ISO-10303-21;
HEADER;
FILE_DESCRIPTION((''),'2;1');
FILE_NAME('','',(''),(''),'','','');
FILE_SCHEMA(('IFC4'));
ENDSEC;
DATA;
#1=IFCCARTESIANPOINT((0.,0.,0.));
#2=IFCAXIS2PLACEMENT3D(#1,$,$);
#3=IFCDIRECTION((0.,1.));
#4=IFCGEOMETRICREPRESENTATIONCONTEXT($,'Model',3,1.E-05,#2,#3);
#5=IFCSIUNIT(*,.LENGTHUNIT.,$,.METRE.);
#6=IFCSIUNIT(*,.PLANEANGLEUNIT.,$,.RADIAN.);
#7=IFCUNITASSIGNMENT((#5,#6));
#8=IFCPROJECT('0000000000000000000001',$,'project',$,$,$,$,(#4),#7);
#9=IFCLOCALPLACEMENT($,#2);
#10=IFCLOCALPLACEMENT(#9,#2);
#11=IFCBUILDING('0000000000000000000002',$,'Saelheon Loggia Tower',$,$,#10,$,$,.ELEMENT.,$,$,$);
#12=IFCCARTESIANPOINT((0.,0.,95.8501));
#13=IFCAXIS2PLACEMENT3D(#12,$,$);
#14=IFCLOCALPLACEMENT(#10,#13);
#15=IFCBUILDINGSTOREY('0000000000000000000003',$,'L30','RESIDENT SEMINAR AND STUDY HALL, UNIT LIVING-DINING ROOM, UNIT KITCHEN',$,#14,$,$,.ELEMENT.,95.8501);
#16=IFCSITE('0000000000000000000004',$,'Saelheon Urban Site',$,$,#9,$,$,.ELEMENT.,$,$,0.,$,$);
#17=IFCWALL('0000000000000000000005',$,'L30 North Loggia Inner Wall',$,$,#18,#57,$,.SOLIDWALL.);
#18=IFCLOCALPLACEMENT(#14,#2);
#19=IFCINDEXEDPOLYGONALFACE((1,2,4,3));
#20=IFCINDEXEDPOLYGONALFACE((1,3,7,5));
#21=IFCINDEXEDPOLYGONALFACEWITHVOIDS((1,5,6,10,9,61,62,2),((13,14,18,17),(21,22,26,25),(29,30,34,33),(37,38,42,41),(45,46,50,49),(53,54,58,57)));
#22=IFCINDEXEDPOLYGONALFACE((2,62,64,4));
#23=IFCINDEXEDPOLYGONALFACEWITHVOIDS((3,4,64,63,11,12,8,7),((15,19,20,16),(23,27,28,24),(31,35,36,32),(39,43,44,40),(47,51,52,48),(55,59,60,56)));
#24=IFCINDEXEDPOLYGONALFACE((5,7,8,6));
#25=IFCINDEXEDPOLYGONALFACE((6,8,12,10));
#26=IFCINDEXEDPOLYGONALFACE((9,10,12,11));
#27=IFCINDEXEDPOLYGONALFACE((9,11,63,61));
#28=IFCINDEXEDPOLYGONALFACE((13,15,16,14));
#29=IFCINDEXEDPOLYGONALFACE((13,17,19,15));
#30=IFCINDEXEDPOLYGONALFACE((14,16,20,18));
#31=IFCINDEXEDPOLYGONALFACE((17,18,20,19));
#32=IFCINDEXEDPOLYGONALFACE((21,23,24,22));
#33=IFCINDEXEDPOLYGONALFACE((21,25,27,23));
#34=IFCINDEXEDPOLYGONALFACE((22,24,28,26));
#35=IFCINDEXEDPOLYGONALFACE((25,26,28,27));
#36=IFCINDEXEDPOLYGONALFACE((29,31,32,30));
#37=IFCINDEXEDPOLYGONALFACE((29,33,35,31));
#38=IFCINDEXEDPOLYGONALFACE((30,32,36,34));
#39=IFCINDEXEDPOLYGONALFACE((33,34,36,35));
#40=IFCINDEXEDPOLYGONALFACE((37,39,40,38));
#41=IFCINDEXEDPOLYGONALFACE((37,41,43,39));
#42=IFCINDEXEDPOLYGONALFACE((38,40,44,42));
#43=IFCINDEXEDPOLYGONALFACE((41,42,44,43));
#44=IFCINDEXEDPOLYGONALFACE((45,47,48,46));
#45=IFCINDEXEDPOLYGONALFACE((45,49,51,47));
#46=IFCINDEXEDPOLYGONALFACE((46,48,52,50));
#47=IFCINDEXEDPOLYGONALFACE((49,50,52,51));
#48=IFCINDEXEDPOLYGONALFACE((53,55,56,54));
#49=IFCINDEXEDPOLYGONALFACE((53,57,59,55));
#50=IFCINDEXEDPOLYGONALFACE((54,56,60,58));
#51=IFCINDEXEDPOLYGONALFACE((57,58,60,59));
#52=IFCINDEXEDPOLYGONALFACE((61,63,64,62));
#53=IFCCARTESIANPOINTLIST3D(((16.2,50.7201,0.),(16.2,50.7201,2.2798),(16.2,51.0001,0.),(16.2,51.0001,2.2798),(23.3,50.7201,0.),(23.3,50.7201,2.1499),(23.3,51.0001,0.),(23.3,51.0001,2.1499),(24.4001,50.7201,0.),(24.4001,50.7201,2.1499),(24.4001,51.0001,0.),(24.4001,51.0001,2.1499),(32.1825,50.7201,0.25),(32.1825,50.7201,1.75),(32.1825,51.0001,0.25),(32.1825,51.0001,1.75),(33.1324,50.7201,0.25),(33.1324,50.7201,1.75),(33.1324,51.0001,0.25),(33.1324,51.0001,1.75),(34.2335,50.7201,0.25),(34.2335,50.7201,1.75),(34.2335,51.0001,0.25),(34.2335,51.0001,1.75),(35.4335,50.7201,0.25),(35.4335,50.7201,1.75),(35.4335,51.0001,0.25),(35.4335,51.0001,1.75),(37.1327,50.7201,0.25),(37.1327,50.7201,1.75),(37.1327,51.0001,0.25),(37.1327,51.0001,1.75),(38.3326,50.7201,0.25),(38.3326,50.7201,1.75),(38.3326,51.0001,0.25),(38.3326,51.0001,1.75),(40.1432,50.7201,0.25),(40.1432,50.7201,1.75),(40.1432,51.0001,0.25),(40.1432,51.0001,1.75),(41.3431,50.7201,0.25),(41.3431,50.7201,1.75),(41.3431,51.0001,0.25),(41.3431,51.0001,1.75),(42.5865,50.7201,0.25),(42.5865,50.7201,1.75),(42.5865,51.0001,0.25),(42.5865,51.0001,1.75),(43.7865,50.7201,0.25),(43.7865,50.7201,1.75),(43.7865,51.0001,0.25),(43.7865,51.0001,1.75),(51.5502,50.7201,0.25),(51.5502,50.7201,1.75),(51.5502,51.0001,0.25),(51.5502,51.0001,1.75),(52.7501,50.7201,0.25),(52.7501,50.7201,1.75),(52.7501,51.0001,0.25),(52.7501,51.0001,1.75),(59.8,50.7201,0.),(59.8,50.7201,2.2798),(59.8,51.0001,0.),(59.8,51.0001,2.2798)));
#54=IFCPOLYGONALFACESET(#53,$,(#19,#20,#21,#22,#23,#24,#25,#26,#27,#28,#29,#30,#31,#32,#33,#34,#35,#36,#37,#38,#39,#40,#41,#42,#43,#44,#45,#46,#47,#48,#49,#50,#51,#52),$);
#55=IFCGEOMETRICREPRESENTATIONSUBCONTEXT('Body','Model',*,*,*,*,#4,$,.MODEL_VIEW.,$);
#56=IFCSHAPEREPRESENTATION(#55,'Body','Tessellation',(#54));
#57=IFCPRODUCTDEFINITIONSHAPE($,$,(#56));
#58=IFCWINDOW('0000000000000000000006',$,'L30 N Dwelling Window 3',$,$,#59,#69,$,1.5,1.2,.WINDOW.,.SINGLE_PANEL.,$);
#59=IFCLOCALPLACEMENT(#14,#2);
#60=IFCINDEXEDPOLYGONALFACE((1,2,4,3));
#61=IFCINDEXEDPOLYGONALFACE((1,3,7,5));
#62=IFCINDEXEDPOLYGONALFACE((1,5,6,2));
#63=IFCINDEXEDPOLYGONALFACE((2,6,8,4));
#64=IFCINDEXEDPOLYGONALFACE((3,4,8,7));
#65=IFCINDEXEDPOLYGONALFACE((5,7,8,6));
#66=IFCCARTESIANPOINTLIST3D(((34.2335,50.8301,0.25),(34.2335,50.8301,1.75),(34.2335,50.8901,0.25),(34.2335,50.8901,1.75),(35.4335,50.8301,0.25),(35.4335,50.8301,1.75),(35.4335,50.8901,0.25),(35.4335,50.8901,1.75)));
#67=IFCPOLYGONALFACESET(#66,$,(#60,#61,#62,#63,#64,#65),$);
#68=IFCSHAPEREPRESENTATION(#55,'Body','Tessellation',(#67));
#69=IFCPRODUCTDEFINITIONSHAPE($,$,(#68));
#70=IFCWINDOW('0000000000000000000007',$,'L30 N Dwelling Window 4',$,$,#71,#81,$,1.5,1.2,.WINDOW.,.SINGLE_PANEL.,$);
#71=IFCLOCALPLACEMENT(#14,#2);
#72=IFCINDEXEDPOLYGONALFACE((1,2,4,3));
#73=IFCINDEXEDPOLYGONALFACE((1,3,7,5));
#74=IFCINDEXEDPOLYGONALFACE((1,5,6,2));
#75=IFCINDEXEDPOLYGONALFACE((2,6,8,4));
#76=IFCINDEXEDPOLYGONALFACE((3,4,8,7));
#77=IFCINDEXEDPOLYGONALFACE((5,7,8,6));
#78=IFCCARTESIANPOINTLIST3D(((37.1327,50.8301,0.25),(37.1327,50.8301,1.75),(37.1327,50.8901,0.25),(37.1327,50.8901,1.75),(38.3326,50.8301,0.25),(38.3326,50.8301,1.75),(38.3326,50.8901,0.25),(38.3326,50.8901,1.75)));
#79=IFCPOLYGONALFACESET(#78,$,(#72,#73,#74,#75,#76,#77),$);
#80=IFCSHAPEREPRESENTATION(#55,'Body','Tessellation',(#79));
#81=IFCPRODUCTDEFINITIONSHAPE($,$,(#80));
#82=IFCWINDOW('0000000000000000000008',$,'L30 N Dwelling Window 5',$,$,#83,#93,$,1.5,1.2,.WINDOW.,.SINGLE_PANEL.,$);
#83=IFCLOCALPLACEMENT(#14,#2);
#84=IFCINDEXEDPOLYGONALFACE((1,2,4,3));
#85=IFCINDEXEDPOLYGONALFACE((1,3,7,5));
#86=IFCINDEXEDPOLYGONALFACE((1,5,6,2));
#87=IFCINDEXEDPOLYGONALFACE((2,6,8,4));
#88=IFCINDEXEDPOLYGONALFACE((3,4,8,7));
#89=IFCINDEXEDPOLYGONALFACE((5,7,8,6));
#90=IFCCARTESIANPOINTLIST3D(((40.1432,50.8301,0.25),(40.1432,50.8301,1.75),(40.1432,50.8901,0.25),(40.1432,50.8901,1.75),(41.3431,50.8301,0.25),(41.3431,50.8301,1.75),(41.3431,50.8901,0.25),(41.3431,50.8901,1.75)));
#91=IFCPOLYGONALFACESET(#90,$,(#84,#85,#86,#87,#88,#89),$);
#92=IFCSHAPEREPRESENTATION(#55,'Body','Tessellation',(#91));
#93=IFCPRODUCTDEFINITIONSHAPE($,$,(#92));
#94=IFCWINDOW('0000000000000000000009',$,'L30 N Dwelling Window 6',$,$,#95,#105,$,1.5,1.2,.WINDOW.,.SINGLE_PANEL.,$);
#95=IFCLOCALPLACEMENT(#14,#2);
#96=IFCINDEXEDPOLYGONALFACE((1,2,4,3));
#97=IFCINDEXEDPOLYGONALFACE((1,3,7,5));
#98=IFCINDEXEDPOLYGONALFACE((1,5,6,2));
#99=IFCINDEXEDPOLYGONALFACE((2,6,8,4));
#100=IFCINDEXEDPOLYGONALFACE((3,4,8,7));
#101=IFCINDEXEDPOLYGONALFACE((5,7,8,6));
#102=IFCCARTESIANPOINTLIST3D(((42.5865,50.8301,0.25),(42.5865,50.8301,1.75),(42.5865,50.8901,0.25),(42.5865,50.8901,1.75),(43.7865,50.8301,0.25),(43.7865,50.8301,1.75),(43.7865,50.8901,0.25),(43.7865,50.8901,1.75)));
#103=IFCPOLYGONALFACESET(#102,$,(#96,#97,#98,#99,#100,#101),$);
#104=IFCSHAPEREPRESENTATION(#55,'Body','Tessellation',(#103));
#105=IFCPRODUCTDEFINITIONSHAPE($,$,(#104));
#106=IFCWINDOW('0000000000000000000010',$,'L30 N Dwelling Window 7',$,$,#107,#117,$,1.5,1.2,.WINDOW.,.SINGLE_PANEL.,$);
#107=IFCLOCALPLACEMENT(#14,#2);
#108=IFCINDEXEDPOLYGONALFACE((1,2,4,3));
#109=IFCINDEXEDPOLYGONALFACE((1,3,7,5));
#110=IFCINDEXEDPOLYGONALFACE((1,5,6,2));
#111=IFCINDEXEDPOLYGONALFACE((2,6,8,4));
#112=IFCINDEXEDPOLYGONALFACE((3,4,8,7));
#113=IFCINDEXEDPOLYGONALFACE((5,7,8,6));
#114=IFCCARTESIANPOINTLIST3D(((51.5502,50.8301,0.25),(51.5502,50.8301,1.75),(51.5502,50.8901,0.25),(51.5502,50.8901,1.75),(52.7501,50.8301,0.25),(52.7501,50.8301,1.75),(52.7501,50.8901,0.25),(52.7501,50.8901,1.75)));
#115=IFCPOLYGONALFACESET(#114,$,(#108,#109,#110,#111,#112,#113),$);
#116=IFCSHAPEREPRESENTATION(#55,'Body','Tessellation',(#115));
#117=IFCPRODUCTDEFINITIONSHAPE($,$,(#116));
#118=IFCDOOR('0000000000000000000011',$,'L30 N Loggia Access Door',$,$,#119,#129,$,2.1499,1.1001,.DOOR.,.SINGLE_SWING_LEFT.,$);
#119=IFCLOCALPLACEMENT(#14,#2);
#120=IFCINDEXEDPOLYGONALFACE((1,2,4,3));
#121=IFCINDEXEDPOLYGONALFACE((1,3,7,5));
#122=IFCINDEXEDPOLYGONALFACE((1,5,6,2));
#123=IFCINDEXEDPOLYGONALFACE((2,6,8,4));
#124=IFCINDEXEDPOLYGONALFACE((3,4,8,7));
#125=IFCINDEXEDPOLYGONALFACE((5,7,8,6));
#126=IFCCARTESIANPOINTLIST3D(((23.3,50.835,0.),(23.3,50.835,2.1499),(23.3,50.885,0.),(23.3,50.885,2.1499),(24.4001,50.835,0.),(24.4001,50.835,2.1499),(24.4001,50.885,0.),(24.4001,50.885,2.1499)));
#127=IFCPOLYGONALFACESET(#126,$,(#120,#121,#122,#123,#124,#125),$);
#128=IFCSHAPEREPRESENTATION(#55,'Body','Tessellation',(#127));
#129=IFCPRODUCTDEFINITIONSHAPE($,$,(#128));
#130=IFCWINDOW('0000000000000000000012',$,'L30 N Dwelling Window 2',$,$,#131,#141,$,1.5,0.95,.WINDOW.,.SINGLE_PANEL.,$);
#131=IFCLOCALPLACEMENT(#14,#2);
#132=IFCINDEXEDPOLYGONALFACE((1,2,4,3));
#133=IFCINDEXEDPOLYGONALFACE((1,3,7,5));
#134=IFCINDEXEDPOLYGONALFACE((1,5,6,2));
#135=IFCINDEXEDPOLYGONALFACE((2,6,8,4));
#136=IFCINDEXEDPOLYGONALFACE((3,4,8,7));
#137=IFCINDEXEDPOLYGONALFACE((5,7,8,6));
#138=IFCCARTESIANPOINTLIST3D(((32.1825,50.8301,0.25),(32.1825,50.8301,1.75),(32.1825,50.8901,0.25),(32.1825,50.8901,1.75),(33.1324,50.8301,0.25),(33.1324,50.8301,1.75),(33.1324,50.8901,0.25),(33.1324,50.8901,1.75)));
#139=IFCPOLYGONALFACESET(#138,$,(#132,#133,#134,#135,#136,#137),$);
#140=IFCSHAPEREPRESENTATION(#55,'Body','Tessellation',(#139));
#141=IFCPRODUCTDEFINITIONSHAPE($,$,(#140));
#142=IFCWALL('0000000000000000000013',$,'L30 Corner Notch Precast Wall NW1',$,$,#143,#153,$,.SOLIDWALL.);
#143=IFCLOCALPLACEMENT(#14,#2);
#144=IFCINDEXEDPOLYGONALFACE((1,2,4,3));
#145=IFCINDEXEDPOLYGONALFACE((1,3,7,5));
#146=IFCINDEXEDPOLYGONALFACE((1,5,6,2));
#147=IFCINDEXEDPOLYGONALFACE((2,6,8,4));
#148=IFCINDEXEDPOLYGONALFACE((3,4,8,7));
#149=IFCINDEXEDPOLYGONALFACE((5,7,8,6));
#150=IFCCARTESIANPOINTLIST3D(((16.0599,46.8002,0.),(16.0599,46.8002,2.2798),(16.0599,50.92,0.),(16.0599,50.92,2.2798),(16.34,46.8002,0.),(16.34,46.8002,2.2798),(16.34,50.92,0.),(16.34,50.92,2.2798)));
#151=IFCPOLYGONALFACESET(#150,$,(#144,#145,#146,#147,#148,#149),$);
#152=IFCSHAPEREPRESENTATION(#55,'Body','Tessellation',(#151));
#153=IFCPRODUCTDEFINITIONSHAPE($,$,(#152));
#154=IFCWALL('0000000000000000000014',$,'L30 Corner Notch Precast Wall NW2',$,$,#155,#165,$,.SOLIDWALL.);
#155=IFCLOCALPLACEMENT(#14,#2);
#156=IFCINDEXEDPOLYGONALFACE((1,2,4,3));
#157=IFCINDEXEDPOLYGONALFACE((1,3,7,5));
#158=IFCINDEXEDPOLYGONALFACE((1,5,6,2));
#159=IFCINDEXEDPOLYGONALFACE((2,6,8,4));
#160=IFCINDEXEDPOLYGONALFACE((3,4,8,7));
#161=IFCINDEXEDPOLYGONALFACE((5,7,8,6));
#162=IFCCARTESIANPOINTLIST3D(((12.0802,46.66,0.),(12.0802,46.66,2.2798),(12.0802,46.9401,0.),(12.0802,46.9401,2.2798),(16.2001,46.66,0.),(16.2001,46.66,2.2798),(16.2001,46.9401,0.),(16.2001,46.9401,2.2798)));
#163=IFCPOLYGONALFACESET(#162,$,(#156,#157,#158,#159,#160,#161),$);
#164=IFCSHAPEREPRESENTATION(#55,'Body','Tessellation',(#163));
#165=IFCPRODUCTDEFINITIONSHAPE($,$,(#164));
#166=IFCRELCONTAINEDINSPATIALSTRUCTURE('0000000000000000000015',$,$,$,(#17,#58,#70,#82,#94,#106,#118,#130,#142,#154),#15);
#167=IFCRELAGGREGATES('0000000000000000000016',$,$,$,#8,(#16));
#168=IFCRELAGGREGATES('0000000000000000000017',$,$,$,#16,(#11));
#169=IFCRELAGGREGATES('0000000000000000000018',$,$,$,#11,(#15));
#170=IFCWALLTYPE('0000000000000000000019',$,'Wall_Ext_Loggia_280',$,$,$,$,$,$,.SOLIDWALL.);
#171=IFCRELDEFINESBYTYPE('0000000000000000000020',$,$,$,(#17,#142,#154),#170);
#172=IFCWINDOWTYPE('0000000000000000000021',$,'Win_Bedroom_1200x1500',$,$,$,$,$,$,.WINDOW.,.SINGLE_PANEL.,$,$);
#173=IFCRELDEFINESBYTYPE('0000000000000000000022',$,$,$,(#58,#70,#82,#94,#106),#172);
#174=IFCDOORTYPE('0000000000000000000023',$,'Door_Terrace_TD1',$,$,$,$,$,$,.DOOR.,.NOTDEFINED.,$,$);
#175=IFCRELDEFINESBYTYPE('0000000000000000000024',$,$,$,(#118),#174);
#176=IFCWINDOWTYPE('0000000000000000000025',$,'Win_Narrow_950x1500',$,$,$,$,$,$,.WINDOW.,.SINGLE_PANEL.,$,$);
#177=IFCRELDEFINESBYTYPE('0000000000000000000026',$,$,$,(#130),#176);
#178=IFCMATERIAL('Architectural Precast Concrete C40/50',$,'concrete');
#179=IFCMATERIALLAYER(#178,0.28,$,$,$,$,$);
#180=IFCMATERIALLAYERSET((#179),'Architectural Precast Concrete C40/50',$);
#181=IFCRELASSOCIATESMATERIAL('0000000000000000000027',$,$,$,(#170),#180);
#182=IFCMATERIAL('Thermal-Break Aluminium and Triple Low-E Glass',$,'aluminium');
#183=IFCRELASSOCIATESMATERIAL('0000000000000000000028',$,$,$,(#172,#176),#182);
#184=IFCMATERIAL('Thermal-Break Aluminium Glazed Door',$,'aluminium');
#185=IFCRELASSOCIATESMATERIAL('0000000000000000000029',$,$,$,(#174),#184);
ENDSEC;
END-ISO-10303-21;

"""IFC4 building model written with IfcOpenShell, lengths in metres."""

from ifc_helpers import new_model, si_unit, direction, frame, frame_2d, origin, place, context, subcontext, project, spatial, rectangle, extrude, source, transform, mapped, material, layer, layer_set, type_object, element, fill, save


model = new_model("IFC4")

# Units and contexts
model_context = context("Model", 3, precision=1e-05, world=origin(), true_north=direction((0.0, 1.0)))
body_context = subcontext(model_context, "Body", "Model", "MODEL_VIEW")
ifc_project = project(units=[si_unit("LENGTHUNIT", "METRE"), si_unit("PLANEANGLEUNIT", "RADIAN")], contexts=[model_context])

# Site, building, storey
site_placement = place(None, origin())
site = spatial("IfcSite", under=ifc_project, at=site_placement, Name="Saelheon Urban Site", CompositionType="ELEMENT", RefElevation=0.0)
building_placement = place(site_placement, origin())
building = spatial("IfcBuilding", under=site, at=building_placement, Name="Saelheon Loggia Tower", CompositionType="ELEMENT")
storey_placement = place(building_placement, frame((0.0, 0.0, 95.8501)))
storey = spatial("IfcBuildingStorey", under=building, at=storey_placement, Name="L30", Description="RESIDENT SEMINAR AND STUDY HALL, UNIT LIVING-DINING ROOM, UNIT KITCHEN", CompositionType="ELEMENT", Elevation=95.8501)

# Wall, openings, windows, door
ifc_material_1 = material(Name="Architectural Precast Concrete C40/50", Category="concrete")
ifc_layer_1 = layer(ifc_material_1, 0.28)
ifc_layer_set_1 = layer_set([ifc_layer_1], Name="Architectural Precast Concrete C40/50")
wall_type_1 = type_object("IfcWallType", Name="Wall_Ext_Loggia_280", PredefinedType="SOLIDWALL", material=ifc_layer_set_1)
wall_1_placement = place(storey_placement, frame((16.2, 50.8601, 0.0), z_axis=(0.0, 0.0, 1.0), x_axis=(1.0, 0.0, 0.0)))
wall_1 = element("IfcWall", 1, at=wall_1_placement, inside=storey, type_object=wall_type_1, Name="L30 North Loggia Inner Wall", PredefinedType="SOLIDWALL", context=body_context, shape_type="SweptSolid", body=[
    extrude(rectangle(XDim=43.6001, YDim=0.28, at=frame_2d((21.8, 0.0))), origin(), (0.0, 0.0, 1.0), 2.2798),
])
opening_1_placement = place(wall_1_placement, frame((7.1001, 0.0, 0.0)))
opening_1 = element("IfcOpeningElement", 2, at=opening_1_placement, cuts=wall_1, PredefinedType="OPENING", context=body_context, shape_type="SweptSolid", body=[
    extrude(rectangle(XDim=1.1001, YDim=2.1499, at=frame_2d((0.55, 1.075))), frame((0.0, 0.1521, 0.0), z_axis=(0.0, -1.0, 0.0), x_axis=(1.0, 0.0, 0.0)), (0.0, 0.0, 1.0), 0.304),
])
opening_2_placement = place(wall_1_placement, frame((15.9824, 0.0, 0.25)))
opening_2 = element("IfcOpeningElement", 3, at=opening_2_placement, cuts=wall_1, PredefinedType="OPENING", context=body_context, shape_type="SweptSolid", body=[
    extrude(rectangle(XDim=0.95, YDim=1.5, at=frame_2d((0.4751, 0.75))), frame((0.0, 0.1521, 0.0), z_axis=(0.0, -1.0, 0.0), x_axis=(1.0, 0.0, 0.0)), (0.0, 0.0, 1.0), 0.304),
])
opening_3_placement = place(wall_1_placement, frame((18.0334, 0.0, 0.25)))
opening_3 = element("IfcOpeningElement", 4, at=opening_3_placement, cuts=wall_1, PredefinedType="OPENING", context=body_context, shape_type="SweptSolid", body=[
    extrude(rectangle(XDim=1.2, YDim=1.5, at=frame_2d((0.6001, 0.75))), frame((0.0, 0.1521, 0.0), z_axis=(0.0, -1.0, 0.0), x_axis=(1.0, 0.0, 0.0)), (0.0, 0.0, 1.0), 0.304),
])
opening_4_placement = place(wall_1_placement, frame((20.9326, 0.0, 0.25)))
opening_4 = element("IfcOpeningElement", 5, at=opening_4_placement, cuts=wall_1, PredefinedType="OPENING", context=body_context, shape_type="SweptSolid", body=[
    extrude(rectangle(XDim=1.2, YDim=1.5, at=frame_2d((0.6001, 0.75))), frame((0.0, 0.1521, 0.0), z_axis=(0.0, -1.0, 0.0), x_axis=(1.0, 0.0, 0.0)), (0.0, 0.0, 1.0), 0.304),
])
opening_5_placement = place(wall_1_placement, frame((23.9431, 0.0, 0.25)))
opening_5 = element("IfcOpeningElement", 6, at=opening_5_placement, cuts=wall_1, PredefinedType="OPENING", context=body_context, shape_type="SweptSolid", body=[
    extrude(rectangle(XDim=1.2, YDim=1.5, at=frame_2d((0.6001, 0.75))), frame((0.0, 0.1521, 0.0), z_axis=(0.0, -1.0, 0.0), x_axis=(1.0, 0.0, 0.0)), (0.0, 0.0, 1.0), 0.304),
])
opening_6_placement = place(wall_1_placement, frame((26.3865, 0.0, 0.25)))
opening_6 = element("IfcOpeningElement", 7, at=opening_6_placement, cuts=wall_1, PredefinedType="OPENING", context=body_context, shape_type="SweptSolid", body=[
    extrude(rectangle(XDim=1.2, YDim=1.5, at=frame_2d((0.6001, 0.75))), frame((0.0, 0.1521, 0.0), z_axis=(0.0, -1.0, 0.0), x_axis=(1.0, 0.0, 0.0)), (0.0, 0.0, 1.0), 0.304),
])
opening_7_placement = place(wall_1_placement, frame((35.3501, 0.0, 0.25)))
opening_7 = element("IfcOpeningElement", 8, at=opening_7_placement, cuts=wall_1, PredefinedType="OPENING", context=body_context, shape_type="SweptSolid", body=[
    extrude(rectangle(XDim=1.2, YDim=1.5, at=frame_2d((0.6001, 0.75))), frame((0.0, 0.1521, 0.0), z_axis=(0.0, -1.0, 0.0), x_axis=(1.0, 0.0, 0.0)), (0.0, 0.0, 1.0), 0.304),
])
ifc_material_2 = material(Name="Thermal-Break Aluminium and Triple Low-E Glass", Category="aluminium")
window_type_1 = type_object("IfcWindowType", Name="Win_Bedroom_1200x1500", PartitioningType="SINGLE_PANEL", PredefinedType="WINDOW", material=ifc_material_2)
shared_shape_1 = source(origin(), body_context, "Body", "SweptSolid", [
    extrude(rectangle(XDim=1.2, YDim=1.5, at=frame_2d((0.6001, 0.75))), frame((0.0, 0.03, 0.0), z_axis=(0.0, -1.0, 0.0), x_axis=(1.0, 0.0, 0.0)), (0.0, 0.0, 1.0), 0.0601),
])
window_1_placement = place(opening_3_placement, origin())
window_1 = element("IfcWindow", 9, at=window_1_placement, inside=storey, type_object=window_type_1, Name="L30 N Dwelling Window 3", OverallHeight=1.5, OverallWidth=1.2, PartitioningType="SINGLE_PANEL", PredefinedType="WINDOW", context=body_context, shape_type="MappedRepresentation", body=[
    mapped(shared_shape_1, transform((0.0, 0.0, 0.0), scale=1.0)),
])
fill(opening_3, window_1)
window_2_placement = place(opening_4_placement, origin())
window_2 = element("IfcWindow", 10, at=window_2_placement, inside=storey, type_object=window_type_1, Name="L30 N Dwelling Window 4", OverallHeight=1.5, OverallWidth=1.2, PartitioningType="SINGLE_PANEL", PredefinedType="WINDOW", context=body_context, shape_type="MappedRepresentation", body=[
    mapped(shared_shape_1, transform((0.0, 0.0, 0.0), scale=1.0)),
])
fill(opening_4, window_2)
window_3_placement = place(opening_5_placement, origin())
window_3 = element("IfcWindow", 11, at=window_3_placement, inside=storey, type_object=window_type_1, Name="L30 N Dwelling Window 5", OverallHeight=1.5, OverallWidth=1.2, PartitioningType="SINGLE_PANEL", PredefinedType="WINDOW", context=body_context, shape_type="MappedRepresentation", body=[
    mapped(shared_shape_1, transform((0.0, 0.0, 0.0), scale=1.0)),
])
fill(opening_5, window_3)
window_4_placement = place(opening_6_placement, origin())
window_4 = element("IfcWindow", 12, at=window_4_placement, inside=storey, type_object=window_type_1, Name="L30 N Dwelling Window 6", OverallHeight=1.5, OverallWidth=1.2, PartitioningType="SINGLE_PANEL", PredefinedType="WINDOW", context=body_context, shape_type="MappedRepresentation", body=[
    mapped(shared_shape_1, transform((0.0, 0.0, 0.0), scale=1.0)),
])
fill(opening_6, window_4)
window_5_placement = place(opening_7_placement, origin())
window_5 = element("IfcWindow", 13, at=window_5_placement, inside=storey, type_object=window_type_1, Name="L30 N Dwelling Window 7", OverallHeight=1.5, OverallWidth=1.2, PartitioningType="SINGLE_PANEL", PredefinedType="WINDOW", context=body_context, shape_type="MappedRepresentation", body=[
    mapped(shared_shape_1, transform((0.0, 0.0, 0.0), scale=1.0)),
])
fill(opening_7, window_5)
ifc_material_3 = material(Name="Thermal-Break Aluminium Glazed Door", Category="aluminium")
door_type_1 = type_object("IfcDoorType", Name="Door_Terrace_TD1", OperationType="NOTDEFINED", PredefinedType="DOOR", material=ifc_material_3)
shared_shape_2 = source(origin(), body_context, "Body", "SweptSolid", [
    extrude(rectangle(XDim=1.1001, YDim=2.1499, at=frame_2d((0.55, 1.075))), frame((0.0, 0.0249, 0.0), z_axis=(0.0, -1.0, 0.0), x_axis=(1.0, 0.0, 0.0)), (0.0, 0.0, 1.0), 0.05),
])
door_1_placement = place(opening_1_placement, origin())
door_1 = element("IfcDoor", 14, at=door_1_placement, inside=storey, type_object=door_type_1, Name="L30 N Loggia Access Door", OperationType="SINGLE_SWING_LEFT", OverallHeight=2.1499, OverallWidth=1.1001, PredefinedType="DOOR", context=body_context, shape_type="MappedRepresentation", body=[
    mapped(shared_shape_2, transform((0.0, 0.0, 0.0), scale=1.0)),
])
fill(opening_1, door_1)
window_type_2 = type_object("IfcWindowType", Name="Win_Narrow_950x1500", PartitioningType="SINGLE_PANEL", PredefinedType="WINDOW", material=ifc_material_2)
shared_shape_3 = source(origin(), body_context, "Body", "SweptSolid", [
    extrude(rectangle(XDim=0.95, YDim=1.5, at=frame_2d((0.4751, 0.75))), frame((0.0, 0.03, 0.0), z_axis=(0.0, -1.0, 0.0), x_axis=(1.0, 0.0, 0.0)), (0.0, 0.0, 1.0), 0.0601),
])
window_6_placement = place(opening_2_placement, origin())
window_6 = element("IfcWindow", 15, at=window_6_placement, inside=storey, type_object=window_type_2, Name="L30 N Dwelling Window 2", OverallHeight=1.5, OverallWidth=0.95, PartitioningType="SINGLE_PANEL", PredefinedType="WINDOW", context=body_context, shape_type="MappedRepresentation", body=[
    mapped(shared_shape_3, transform((0.0, 0.0, 0.0), scale=1.0)),
])
fill(opening_2, window_6)

# Walls
for number, where, z_axis, x_axis, name in (
    (16, (16.2, 46.8, 0.0), (0.0, 0.0, 1.0), (0.0, 1.0, 0.0), "L30 Corner Notch Precast Wall NW1"),
    (17, (12.0801, 46.8, 0.0), (0.0, 0.0, 1.0), (1.0, 0.0, 0.0), "L30 Corner Notch Precast Wall NW2"),
):
    element("IfcWall", number, at=place(storey_placement, frame(where, z_axis=z_axis, x_axis=x_axis)), inside=storey, type_object=wall_type_1, Name=name, PredefinedType="SOLIDWALL", context=body_context, shape_type="SweptSolid", body=[
        extrude(rectangle(XDim=4.1199, YDim=0.28, at=frame_2d((2.0601, 0.0))), origin(), (0.0, 0.0, 1.0), 2.2798),
    ])

save(model, "model.ifc")
